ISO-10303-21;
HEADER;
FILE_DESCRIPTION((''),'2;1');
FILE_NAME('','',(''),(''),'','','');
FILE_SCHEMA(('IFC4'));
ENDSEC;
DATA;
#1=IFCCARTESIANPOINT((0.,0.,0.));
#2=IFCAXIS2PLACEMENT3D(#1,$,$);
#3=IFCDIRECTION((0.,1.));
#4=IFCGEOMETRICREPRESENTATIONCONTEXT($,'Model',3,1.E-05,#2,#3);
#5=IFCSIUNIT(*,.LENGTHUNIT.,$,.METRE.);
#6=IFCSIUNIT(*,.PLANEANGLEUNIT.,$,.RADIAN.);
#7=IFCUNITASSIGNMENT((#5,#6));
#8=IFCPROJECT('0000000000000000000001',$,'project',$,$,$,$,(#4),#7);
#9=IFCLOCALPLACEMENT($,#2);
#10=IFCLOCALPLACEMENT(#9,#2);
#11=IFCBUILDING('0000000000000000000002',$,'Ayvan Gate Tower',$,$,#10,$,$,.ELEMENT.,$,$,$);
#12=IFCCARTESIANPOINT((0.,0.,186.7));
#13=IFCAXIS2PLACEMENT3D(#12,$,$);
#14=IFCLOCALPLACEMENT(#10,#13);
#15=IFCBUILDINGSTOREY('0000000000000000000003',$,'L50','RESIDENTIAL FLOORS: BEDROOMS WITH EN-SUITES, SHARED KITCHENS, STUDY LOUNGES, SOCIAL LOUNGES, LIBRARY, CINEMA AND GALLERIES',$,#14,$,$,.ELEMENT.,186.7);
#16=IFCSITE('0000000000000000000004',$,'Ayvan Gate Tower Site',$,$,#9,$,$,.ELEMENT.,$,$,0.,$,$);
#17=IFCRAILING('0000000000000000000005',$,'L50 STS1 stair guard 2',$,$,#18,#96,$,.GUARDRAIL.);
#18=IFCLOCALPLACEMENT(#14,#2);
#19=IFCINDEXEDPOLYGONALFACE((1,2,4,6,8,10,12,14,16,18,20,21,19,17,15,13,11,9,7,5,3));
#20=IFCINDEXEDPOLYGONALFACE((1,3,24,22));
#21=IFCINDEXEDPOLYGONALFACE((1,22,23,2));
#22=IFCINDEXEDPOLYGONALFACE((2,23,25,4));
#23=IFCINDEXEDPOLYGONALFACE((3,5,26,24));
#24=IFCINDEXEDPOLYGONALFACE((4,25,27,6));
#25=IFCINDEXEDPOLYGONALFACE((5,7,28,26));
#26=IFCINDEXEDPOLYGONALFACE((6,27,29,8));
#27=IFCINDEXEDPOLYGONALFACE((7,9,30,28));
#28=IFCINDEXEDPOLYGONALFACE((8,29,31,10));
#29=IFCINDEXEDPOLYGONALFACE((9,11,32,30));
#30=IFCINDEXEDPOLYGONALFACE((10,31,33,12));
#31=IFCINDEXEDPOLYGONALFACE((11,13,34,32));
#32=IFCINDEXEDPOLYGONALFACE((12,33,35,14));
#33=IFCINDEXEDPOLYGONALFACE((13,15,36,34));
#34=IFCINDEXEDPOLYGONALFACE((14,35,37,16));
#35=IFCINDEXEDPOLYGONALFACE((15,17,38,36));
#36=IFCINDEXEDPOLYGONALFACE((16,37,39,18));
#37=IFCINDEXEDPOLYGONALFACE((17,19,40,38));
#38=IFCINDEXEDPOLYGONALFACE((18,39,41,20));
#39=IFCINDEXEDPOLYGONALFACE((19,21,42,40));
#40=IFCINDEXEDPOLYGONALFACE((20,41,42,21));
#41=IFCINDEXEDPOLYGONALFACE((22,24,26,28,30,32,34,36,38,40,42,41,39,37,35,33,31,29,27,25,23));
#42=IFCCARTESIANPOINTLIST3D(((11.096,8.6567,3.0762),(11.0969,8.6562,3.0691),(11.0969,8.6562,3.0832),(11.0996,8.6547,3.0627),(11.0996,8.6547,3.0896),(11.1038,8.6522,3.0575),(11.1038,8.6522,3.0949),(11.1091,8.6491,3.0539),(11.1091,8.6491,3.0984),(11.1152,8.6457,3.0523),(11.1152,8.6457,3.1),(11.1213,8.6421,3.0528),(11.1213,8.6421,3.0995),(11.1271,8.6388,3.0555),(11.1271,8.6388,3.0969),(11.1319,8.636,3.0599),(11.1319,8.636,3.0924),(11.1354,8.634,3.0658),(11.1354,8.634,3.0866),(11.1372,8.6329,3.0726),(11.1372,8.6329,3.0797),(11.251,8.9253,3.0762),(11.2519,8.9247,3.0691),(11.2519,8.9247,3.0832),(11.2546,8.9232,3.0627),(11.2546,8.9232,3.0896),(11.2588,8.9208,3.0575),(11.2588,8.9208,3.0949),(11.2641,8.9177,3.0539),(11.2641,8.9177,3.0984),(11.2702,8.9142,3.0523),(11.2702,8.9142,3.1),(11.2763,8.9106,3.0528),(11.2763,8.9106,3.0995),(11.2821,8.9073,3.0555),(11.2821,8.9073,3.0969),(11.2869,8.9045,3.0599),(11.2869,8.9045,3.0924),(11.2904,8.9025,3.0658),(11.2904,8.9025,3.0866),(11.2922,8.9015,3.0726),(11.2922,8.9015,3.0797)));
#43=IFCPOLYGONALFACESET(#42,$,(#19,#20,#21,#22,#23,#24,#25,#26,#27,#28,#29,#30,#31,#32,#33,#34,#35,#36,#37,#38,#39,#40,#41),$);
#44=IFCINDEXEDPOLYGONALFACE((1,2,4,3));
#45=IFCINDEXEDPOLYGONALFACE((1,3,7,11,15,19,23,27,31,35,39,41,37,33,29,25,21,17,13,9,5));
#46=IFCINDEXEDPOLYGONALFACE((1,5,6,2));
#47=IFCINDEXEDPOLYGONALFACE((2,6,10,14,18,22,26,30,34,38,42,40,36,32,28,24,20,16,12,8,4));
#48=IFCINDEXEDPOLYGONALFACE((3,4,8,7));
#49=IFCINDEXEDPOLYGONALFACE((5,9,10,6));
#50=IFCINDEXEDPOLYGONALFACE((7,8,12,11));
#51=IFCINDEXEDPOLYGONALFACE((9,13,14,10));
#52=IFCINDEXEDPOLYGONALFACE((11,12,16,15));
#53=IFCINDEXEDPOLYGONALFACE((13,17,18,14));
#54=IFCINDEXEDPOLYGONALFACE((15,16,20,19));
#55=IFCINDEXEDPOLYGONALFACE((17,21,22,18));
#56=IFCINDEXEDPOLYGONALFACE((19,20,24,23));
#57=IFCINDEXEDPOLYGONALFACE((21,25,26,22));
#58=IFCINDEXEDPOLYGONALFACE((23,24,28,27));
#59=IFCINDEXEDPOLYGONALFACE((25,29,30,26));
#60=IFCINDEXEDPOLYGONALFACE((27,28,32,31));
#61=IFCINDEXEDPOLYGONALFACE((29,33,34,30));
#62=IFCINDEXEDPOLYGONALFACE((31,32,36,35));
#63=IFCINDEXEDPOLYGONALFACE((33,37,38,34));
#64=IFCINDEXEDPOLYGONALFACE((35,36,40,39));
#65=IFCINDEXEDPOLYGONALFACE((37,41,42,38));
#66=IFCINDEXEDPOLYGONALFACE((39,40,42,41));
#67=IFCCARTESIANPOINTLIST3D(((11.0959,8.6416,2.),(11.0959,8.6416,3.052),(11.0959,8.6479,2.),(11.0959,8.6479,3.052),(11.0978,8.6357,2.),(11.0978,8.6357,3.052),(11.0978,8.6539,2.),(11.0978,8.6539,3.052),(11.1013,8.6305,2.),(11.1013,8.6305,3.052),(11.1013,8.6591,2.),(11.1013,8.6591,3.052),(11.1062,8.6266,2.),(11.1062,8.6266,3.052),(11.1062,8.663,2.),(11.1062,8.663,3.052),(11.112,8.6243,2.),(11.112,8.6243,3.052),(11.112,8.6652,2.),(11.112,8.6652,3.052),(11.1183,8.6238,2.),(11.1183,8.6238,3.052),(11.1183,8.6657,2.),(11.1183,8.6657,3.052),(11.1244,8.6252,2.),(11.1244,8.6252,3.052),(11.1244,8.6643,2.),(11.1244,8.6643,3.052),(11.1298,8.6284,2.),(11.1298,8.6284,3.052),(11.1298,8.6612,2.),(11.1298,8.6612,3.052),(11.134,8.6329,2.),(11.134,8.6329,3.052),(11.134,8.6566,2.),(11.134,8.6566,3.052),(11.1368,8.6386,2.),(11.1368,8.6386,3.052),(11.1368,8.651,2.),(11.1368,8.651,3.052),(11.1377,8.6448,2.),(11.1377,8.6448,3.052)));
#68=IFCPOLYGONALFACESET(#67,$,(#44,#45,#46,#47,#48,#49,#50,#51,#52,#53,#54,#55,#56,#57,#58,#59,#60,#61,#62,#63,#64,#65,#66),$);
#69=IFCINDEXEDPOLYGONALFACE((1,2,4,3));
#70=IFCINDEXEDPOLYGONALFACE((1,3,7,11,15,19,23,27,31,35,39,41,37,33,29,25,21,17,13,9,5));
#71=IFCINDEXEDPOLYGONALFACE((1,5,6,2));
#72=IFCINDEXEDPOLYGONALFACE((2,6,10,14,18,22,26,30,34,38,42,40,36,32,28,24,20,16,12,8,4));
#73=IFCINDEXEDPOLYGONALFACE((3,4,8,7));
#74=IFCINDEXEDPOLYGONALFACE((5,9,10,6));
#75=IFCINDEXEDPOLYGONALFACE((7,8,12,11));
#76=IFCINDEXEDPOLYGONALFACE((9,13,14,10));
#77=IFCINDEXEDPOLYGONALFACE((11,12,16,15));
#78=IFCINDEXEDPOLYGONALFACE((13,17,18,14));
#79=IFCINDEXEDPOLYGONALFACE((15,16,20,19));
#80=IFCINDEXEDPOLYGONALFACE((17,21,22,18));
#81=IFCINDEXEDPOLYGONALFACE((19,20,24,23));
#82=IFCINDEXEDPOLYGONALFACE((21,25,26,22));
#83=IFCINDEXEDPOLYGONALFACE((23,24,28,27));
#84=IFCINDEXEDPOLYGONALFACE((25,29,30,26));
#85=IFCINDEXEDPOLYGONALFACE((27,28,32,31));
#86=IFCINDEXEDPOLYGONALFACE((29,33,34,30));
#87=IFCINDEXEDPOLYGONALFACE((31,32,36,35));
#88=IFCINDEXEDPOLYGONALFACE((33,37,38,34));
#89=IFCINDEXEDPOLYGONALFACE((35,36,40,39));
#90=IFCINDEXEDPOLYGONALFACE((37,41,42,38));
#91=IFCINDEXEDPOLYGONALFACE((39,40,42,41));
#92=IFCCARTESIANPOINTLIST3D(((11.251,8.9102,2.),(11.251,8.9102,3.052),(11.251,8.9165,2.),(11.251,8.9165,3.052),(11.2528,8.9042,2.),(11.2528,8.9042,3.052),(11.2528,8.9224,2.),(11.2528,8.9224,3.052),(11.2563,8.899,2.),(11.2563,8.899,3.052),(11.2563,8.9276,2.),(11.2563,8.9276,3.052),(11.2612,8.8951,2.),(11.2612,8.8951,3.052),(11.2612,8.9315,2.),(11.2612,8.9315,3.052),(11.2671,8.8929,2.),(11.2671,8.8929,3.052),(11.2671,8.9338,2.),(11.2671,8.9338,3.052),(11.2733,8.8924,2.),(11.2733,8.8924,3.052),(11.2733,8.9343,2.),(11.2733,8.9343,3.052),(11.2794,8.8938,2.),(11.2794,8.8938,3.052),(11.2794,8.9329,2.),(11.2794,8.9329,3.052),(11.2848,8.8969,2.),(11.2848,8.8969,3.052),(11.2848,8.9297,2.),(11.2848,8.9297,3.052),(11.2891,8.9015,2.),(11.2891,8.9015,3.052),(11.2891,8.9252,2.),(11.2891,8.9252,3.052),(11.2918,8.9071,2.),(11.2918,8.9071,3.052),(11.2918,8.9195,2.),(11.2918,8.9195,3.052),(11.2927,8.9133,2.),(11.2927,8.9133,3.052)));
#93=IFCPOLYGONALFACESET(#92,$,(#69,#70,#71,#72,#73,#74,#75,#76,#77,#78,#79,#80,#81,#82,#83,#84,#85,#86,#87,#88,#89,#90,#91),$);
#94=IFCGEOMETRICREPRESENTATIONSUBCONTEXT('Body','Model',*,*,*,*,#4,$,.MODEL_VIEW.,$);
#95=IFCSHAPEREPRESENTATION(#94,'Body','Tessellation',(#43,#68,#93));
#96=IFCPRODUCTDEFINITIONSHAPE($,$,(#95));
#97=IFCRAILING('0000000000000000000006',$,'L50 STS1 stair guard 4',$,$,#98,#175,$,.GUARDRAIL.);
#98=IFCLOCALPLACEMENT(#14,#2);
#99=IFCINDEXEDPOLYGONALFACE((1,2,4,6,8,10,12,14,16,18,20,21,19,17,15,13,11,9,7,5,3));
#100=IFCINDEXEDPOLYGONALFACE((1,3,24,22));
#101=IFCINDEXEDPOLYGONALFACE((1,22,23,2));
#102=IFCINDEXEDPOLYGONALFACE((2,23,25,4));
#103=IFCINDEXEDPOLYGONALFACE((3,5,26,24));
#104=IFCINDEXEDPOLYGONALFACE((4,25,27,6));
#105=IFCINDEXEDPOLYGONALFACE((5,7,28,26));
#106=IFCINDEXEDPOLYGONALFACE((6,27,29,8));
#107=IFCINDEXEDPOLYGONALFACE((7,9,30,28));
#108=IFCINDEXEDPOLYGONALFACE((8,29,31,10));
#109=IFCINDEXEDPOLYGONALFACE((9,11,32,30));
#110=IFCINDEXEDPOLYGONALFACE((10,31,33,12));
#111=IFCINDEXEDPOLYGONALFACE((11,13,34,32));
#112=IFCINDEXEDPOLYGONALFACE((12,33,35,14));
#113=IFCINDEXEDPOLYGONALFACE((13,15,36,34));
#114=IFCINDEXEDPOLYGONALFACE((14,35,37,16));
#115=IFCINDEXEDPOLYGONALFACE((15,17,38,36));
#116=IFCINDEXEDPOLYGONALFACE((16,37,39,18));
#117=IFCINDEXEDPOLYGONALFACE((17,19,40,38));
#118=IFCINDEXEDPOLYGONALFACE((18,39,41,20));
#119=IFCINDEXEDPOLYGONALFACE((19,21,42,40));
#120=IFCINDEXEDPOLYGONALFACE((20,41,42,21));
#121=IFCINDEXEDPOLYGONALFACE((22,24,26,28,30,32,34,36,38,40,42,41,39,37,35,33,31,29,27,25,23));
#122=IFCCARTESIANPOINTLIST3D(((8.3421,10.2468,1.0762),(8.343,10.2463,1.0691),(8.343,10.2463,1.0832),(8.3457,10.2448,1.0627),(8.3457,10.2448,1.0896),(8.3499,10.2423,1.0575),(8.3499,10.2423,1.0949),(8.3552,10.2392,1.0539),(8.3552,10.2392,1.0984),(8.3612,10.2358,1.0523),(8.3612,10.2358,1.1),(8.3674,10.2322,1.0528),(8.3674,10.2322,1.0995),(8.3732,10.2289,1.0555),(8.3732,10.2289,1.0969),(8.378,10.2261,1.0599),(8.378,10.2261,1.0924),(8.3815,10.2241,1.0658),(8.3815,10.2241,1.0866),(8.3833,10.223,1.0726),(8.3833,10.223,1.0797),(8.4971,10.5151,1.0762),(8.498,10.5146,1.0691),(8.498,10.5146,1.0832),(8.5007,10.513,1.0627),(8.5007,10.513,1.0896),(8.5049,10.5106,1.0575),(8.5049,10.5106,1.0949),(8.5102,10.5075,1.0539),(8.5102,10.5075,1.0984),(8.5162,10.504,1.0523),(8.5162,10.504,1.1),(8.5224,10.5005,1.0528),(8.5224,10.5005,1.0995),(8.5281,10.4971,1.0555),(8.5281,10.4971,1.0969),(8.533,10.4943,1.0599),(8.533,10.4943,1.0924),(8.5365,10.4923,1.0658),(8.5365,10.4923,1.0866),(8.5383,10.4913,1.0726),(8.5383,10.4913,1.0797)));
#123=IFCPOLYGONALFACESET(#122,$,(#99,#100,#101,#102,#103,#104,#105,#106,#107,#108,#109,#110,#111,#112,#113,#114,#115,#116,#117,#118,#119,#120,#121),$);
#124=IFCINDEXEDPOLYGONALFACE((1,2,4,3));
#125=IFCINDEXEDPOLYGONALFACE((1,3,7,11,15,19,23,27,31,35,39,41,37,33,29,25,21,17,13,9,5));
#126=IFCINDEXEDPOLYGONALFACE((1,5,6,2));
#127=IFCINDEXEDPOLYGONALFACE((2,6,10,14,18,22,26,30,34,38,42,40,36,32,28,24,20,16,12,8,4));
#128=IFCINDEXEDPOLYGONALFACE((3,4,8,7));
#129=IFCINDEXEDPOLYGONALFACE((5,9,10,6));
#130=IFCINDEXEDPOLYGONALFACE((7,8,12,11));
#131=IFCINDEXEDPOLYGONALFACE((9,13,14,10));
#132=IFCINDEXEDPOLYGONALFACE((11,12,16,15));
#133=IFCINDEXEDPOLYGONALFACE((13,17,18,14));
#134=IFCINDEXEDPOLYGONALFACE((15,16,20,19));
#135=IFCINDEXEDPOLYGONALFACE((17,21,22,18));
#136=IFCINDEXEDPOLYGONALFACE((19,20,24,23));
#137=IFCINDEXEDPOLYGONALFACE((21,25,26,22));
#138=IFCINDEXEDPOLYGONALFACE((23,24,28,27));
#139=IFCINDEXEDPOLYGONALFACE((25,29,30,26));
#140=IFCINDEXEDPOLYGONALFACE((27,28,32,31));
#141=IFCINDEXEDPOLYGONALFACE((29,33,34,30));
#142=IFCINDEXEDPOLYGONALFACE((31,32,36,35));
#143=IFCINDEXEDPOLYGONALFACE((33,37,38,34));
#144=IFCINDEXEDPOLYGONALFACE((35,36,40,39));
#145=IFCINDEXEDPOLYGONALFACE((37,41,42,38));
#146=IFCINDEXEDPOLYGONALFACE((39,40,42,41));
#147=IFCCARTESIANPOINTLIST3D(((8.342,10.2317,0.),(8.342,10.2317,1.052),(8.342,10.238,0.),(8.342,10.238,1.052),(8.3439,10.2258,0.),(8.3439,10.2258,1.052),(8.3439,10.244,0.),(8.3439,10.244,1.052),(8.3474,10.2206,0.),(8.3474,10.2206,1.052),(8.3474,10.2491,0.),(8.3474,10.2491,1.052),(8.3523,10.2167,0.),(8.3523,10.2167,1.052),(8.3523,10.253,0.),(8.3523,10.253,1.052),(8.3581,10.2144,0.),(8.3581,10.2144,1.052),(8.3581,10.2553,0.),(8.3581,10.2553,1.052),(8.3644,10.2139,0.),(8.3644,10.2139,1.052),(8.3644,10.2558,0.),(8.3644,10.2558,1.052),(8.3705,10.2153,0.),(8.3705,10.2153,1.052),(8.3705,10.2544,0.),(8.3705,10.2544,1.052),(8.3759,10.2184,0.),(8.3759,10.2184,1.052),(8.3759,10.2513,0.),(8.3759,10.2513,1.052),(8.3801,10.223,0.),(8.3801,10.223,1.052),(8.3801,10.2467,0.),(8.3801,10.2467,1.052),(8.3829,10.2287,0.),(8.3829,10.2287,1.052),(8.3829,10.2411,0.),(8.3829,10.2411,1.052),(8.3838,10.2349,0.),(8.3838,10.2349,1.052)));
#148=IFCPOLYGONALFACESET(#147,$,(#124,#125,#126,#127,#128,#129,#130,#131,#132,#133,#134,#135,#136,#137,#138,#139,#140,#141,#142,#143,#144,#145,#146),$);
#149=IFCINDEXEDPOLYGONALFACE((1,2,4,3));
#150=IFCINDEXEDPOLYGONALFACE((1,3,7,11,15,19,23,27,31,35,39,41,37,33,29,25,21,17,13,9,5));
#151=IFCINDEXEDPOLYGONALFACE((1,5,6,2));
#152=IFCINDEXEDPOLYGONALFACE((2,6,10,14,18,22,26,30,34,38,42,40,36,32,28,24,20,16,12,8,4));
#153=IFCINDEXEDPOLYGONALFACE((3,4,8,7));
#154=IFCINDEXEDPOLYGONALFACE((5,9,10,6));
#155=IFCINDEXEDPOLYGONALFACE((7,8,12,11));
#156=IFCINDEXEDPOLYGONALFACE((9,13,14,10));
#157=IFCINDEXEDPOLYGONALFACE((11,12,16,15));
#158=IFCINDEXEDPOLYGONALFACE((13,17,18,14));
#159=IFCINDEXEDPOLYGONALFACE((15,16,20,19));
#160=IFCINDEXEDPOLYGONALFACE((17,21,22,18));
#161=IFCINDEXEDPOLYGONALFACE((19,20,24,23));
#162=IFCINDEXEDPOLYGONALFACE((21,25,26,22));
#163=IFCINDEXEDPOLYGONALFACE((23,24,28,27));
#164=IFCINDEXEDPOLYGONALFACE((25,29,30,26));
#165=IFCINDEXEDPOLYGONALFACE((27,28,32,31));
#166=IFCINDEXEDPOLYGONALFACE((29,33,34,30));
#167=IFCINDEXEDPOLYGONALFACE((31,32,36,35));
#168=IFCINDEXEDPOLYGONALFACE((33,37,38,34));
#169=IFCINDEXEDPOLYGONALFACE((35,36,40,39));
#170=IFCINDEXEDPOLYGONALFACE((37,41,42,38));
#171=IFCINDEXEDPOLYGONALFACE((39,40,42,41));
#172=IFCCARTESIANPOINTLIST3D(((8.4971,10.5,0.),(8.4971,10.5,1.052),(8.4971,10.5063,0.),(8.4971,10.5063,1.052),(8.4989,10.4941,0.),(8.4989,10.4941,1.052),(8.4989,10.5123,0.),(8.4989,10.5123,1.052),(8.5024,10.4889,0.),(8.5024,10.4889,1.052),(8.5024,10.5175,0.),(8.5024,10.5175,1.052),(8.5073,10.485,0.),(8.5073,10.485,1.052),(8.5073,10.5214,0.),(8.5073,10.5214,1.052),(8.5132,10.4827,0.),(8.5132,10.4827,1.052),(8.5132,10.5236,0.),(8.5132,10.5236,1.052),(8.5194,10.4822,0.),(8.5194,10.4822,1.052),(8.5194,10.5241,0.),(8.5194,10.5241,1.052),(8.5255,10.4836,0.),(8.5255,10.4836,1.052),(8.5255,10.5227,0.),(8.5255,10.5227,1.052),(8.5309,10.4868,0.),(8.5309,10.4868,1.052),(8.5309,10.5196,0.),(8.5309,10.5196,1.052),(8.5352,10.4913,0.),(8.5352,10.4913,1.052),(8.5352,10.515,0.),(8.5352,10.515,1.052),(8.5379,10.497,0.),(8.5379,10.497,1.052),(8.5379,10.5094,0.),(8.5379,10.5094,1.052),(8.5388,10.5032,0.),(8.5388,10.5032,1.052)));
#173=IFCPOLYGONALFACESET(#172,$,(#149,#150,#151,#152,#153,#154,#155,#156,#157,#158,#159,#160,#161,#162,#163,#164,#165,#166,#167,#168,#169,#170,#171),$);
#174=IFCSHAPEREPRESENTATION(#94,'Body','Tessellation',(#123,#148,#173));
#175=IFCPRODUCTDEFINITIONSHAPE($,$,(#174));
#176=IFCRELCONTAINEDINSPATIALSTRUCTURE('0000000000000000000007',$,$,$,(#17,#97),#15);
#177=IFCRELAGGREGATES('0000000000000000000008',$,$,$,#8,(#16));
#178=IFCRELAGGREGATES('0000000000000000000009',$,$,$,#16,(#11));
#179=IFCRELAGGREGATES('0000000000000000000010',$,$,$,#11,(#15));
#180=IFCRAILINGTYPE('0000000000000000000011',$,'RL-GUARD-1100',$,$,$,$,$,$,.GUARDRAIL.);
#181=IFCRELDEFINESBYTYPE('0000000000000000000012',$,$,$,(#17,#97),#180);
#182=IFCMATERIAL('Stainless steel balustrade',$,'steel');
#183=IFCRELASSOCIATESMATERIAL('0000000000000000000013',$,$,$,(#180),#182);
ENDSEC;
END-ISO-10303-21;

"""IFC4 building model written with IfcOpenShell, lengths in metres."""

from ifc_helpers import new_model, si_unit, direction, frame, origin, origin_2d, place, context, subcontext, project, spatial, circle, extrude, material, type_object, element, save


model = new_model("IFC4")

# Units and contexts
model_context = context("Model", 3, precision=1e-05, world=origin(), true_north=direction((0.0, 1.0)))
body_context = subcontext(model_context, "Body", "Model", "MODEL_VIEW")
ifc_project = project(units=[si_unit("LENGTHUNIT", "METRE"), si_unit("PLANEANGLEUNIT", "RADIAN")], contexts=[model_context])

# Site, building, storey
site_placement = place(None, origin())
site = spatial("IfcSite", under=ifc_project, at=site_placement, Name="Ayvan Gate Tower Site", CompositionType="ELEMENT", RefElevation=0.0)
building_placement = place(site_placement, origin())
building = spatial("IfcBuilding", under=site, at=building_placement, Name="Ayvan Gate Tower", CompositionType="ELEMENT")
storey_placement = place(building_placement, frame((0.0, 0.0, 186.7)))
storey = spatial("IfcBuildingStorey", under=building, at=storey_placement, Name="L50", Description="RESIDENTIAL FLOORS: BEDROOMS WITH EN-SUITES, SHARED KITCHENS, STUDY LOUNGES, SOCIAL LOUNGES, LIBRARY, CINEMA AND GALLERIES", CompositionType="ELEMENT", Elevation=186.7)

# Railings
ifc_material_1 = material(Name="Stainless steel balustrade", Category="steel")
railing_type_1 = type_object("IfcRailingType", Name="RL-GUARD-1100", PredefinedType="GUARDRAIL", material=ifc_material_1)
railing_1_placement = place(storey_placement, frame((11.1167, 8.6448, 2.0)))
element("IfcRailing", 1, at=railing_1_placement, inside=storey, type_object=railing_type_1, Name="L50 STS1 stair guard 2", PredefinedType="GUARDRAIL", context=body_context, shape_type="SweptSolid", body=[
    extrude(circle(Radius=0.0239, at=origin_2d()), frame((0.0, 0.0, 1.0762), z_axis=(0.49995, 0.866054, 0.0), x_axis=(-0.866054, 0.49995, 0.0)), (0.0, 0.0, 1.0), 0.3101),
    extrude(circle(Radius=0.021, at=origin_2d()), origin(), (0.0, 0.0, 1.0), 1.052),
    extrude(circle(Radius=0.021, at=origin_2d()), frame((0.155, 0.2686, 0.0)), (0.0, 0.0, 1.0), 1.052),
])
railing_2_placement = place(storey_placement, frame((8.3628, 10.2349, 0.0)))
element("IfcRailing", 2, at=railing_2_placement, inside=storey, type_object=railing_type_1, Name="L50 STS1 stair guard 4", PredefinedType="GUARDRAIL", context=body_context, shape_type="SweptSolid", body=[
    extrude(circle(Radius=0.0239, at=origin_2d()), frame((0.0, 0.0, 1.0762), z_axis=(0.500291, 0.865857, 0.0), x_axis=(-0.865857, 0.500291, 0.0)), (0.0, 0.0, 1.0), 0.3098),
    extrude(circle(Radius=0.021, at=origin_2d()), origin(), (0.0, 0.0, 1.0), 1.052),
    extrude(circle(Radius=0.021, at=origin_2d()), frame((0.155, 0.2683, 0.0)), (0.0, 0.0, 1.0), 1.052),
])

save(model, "model.ifc")
